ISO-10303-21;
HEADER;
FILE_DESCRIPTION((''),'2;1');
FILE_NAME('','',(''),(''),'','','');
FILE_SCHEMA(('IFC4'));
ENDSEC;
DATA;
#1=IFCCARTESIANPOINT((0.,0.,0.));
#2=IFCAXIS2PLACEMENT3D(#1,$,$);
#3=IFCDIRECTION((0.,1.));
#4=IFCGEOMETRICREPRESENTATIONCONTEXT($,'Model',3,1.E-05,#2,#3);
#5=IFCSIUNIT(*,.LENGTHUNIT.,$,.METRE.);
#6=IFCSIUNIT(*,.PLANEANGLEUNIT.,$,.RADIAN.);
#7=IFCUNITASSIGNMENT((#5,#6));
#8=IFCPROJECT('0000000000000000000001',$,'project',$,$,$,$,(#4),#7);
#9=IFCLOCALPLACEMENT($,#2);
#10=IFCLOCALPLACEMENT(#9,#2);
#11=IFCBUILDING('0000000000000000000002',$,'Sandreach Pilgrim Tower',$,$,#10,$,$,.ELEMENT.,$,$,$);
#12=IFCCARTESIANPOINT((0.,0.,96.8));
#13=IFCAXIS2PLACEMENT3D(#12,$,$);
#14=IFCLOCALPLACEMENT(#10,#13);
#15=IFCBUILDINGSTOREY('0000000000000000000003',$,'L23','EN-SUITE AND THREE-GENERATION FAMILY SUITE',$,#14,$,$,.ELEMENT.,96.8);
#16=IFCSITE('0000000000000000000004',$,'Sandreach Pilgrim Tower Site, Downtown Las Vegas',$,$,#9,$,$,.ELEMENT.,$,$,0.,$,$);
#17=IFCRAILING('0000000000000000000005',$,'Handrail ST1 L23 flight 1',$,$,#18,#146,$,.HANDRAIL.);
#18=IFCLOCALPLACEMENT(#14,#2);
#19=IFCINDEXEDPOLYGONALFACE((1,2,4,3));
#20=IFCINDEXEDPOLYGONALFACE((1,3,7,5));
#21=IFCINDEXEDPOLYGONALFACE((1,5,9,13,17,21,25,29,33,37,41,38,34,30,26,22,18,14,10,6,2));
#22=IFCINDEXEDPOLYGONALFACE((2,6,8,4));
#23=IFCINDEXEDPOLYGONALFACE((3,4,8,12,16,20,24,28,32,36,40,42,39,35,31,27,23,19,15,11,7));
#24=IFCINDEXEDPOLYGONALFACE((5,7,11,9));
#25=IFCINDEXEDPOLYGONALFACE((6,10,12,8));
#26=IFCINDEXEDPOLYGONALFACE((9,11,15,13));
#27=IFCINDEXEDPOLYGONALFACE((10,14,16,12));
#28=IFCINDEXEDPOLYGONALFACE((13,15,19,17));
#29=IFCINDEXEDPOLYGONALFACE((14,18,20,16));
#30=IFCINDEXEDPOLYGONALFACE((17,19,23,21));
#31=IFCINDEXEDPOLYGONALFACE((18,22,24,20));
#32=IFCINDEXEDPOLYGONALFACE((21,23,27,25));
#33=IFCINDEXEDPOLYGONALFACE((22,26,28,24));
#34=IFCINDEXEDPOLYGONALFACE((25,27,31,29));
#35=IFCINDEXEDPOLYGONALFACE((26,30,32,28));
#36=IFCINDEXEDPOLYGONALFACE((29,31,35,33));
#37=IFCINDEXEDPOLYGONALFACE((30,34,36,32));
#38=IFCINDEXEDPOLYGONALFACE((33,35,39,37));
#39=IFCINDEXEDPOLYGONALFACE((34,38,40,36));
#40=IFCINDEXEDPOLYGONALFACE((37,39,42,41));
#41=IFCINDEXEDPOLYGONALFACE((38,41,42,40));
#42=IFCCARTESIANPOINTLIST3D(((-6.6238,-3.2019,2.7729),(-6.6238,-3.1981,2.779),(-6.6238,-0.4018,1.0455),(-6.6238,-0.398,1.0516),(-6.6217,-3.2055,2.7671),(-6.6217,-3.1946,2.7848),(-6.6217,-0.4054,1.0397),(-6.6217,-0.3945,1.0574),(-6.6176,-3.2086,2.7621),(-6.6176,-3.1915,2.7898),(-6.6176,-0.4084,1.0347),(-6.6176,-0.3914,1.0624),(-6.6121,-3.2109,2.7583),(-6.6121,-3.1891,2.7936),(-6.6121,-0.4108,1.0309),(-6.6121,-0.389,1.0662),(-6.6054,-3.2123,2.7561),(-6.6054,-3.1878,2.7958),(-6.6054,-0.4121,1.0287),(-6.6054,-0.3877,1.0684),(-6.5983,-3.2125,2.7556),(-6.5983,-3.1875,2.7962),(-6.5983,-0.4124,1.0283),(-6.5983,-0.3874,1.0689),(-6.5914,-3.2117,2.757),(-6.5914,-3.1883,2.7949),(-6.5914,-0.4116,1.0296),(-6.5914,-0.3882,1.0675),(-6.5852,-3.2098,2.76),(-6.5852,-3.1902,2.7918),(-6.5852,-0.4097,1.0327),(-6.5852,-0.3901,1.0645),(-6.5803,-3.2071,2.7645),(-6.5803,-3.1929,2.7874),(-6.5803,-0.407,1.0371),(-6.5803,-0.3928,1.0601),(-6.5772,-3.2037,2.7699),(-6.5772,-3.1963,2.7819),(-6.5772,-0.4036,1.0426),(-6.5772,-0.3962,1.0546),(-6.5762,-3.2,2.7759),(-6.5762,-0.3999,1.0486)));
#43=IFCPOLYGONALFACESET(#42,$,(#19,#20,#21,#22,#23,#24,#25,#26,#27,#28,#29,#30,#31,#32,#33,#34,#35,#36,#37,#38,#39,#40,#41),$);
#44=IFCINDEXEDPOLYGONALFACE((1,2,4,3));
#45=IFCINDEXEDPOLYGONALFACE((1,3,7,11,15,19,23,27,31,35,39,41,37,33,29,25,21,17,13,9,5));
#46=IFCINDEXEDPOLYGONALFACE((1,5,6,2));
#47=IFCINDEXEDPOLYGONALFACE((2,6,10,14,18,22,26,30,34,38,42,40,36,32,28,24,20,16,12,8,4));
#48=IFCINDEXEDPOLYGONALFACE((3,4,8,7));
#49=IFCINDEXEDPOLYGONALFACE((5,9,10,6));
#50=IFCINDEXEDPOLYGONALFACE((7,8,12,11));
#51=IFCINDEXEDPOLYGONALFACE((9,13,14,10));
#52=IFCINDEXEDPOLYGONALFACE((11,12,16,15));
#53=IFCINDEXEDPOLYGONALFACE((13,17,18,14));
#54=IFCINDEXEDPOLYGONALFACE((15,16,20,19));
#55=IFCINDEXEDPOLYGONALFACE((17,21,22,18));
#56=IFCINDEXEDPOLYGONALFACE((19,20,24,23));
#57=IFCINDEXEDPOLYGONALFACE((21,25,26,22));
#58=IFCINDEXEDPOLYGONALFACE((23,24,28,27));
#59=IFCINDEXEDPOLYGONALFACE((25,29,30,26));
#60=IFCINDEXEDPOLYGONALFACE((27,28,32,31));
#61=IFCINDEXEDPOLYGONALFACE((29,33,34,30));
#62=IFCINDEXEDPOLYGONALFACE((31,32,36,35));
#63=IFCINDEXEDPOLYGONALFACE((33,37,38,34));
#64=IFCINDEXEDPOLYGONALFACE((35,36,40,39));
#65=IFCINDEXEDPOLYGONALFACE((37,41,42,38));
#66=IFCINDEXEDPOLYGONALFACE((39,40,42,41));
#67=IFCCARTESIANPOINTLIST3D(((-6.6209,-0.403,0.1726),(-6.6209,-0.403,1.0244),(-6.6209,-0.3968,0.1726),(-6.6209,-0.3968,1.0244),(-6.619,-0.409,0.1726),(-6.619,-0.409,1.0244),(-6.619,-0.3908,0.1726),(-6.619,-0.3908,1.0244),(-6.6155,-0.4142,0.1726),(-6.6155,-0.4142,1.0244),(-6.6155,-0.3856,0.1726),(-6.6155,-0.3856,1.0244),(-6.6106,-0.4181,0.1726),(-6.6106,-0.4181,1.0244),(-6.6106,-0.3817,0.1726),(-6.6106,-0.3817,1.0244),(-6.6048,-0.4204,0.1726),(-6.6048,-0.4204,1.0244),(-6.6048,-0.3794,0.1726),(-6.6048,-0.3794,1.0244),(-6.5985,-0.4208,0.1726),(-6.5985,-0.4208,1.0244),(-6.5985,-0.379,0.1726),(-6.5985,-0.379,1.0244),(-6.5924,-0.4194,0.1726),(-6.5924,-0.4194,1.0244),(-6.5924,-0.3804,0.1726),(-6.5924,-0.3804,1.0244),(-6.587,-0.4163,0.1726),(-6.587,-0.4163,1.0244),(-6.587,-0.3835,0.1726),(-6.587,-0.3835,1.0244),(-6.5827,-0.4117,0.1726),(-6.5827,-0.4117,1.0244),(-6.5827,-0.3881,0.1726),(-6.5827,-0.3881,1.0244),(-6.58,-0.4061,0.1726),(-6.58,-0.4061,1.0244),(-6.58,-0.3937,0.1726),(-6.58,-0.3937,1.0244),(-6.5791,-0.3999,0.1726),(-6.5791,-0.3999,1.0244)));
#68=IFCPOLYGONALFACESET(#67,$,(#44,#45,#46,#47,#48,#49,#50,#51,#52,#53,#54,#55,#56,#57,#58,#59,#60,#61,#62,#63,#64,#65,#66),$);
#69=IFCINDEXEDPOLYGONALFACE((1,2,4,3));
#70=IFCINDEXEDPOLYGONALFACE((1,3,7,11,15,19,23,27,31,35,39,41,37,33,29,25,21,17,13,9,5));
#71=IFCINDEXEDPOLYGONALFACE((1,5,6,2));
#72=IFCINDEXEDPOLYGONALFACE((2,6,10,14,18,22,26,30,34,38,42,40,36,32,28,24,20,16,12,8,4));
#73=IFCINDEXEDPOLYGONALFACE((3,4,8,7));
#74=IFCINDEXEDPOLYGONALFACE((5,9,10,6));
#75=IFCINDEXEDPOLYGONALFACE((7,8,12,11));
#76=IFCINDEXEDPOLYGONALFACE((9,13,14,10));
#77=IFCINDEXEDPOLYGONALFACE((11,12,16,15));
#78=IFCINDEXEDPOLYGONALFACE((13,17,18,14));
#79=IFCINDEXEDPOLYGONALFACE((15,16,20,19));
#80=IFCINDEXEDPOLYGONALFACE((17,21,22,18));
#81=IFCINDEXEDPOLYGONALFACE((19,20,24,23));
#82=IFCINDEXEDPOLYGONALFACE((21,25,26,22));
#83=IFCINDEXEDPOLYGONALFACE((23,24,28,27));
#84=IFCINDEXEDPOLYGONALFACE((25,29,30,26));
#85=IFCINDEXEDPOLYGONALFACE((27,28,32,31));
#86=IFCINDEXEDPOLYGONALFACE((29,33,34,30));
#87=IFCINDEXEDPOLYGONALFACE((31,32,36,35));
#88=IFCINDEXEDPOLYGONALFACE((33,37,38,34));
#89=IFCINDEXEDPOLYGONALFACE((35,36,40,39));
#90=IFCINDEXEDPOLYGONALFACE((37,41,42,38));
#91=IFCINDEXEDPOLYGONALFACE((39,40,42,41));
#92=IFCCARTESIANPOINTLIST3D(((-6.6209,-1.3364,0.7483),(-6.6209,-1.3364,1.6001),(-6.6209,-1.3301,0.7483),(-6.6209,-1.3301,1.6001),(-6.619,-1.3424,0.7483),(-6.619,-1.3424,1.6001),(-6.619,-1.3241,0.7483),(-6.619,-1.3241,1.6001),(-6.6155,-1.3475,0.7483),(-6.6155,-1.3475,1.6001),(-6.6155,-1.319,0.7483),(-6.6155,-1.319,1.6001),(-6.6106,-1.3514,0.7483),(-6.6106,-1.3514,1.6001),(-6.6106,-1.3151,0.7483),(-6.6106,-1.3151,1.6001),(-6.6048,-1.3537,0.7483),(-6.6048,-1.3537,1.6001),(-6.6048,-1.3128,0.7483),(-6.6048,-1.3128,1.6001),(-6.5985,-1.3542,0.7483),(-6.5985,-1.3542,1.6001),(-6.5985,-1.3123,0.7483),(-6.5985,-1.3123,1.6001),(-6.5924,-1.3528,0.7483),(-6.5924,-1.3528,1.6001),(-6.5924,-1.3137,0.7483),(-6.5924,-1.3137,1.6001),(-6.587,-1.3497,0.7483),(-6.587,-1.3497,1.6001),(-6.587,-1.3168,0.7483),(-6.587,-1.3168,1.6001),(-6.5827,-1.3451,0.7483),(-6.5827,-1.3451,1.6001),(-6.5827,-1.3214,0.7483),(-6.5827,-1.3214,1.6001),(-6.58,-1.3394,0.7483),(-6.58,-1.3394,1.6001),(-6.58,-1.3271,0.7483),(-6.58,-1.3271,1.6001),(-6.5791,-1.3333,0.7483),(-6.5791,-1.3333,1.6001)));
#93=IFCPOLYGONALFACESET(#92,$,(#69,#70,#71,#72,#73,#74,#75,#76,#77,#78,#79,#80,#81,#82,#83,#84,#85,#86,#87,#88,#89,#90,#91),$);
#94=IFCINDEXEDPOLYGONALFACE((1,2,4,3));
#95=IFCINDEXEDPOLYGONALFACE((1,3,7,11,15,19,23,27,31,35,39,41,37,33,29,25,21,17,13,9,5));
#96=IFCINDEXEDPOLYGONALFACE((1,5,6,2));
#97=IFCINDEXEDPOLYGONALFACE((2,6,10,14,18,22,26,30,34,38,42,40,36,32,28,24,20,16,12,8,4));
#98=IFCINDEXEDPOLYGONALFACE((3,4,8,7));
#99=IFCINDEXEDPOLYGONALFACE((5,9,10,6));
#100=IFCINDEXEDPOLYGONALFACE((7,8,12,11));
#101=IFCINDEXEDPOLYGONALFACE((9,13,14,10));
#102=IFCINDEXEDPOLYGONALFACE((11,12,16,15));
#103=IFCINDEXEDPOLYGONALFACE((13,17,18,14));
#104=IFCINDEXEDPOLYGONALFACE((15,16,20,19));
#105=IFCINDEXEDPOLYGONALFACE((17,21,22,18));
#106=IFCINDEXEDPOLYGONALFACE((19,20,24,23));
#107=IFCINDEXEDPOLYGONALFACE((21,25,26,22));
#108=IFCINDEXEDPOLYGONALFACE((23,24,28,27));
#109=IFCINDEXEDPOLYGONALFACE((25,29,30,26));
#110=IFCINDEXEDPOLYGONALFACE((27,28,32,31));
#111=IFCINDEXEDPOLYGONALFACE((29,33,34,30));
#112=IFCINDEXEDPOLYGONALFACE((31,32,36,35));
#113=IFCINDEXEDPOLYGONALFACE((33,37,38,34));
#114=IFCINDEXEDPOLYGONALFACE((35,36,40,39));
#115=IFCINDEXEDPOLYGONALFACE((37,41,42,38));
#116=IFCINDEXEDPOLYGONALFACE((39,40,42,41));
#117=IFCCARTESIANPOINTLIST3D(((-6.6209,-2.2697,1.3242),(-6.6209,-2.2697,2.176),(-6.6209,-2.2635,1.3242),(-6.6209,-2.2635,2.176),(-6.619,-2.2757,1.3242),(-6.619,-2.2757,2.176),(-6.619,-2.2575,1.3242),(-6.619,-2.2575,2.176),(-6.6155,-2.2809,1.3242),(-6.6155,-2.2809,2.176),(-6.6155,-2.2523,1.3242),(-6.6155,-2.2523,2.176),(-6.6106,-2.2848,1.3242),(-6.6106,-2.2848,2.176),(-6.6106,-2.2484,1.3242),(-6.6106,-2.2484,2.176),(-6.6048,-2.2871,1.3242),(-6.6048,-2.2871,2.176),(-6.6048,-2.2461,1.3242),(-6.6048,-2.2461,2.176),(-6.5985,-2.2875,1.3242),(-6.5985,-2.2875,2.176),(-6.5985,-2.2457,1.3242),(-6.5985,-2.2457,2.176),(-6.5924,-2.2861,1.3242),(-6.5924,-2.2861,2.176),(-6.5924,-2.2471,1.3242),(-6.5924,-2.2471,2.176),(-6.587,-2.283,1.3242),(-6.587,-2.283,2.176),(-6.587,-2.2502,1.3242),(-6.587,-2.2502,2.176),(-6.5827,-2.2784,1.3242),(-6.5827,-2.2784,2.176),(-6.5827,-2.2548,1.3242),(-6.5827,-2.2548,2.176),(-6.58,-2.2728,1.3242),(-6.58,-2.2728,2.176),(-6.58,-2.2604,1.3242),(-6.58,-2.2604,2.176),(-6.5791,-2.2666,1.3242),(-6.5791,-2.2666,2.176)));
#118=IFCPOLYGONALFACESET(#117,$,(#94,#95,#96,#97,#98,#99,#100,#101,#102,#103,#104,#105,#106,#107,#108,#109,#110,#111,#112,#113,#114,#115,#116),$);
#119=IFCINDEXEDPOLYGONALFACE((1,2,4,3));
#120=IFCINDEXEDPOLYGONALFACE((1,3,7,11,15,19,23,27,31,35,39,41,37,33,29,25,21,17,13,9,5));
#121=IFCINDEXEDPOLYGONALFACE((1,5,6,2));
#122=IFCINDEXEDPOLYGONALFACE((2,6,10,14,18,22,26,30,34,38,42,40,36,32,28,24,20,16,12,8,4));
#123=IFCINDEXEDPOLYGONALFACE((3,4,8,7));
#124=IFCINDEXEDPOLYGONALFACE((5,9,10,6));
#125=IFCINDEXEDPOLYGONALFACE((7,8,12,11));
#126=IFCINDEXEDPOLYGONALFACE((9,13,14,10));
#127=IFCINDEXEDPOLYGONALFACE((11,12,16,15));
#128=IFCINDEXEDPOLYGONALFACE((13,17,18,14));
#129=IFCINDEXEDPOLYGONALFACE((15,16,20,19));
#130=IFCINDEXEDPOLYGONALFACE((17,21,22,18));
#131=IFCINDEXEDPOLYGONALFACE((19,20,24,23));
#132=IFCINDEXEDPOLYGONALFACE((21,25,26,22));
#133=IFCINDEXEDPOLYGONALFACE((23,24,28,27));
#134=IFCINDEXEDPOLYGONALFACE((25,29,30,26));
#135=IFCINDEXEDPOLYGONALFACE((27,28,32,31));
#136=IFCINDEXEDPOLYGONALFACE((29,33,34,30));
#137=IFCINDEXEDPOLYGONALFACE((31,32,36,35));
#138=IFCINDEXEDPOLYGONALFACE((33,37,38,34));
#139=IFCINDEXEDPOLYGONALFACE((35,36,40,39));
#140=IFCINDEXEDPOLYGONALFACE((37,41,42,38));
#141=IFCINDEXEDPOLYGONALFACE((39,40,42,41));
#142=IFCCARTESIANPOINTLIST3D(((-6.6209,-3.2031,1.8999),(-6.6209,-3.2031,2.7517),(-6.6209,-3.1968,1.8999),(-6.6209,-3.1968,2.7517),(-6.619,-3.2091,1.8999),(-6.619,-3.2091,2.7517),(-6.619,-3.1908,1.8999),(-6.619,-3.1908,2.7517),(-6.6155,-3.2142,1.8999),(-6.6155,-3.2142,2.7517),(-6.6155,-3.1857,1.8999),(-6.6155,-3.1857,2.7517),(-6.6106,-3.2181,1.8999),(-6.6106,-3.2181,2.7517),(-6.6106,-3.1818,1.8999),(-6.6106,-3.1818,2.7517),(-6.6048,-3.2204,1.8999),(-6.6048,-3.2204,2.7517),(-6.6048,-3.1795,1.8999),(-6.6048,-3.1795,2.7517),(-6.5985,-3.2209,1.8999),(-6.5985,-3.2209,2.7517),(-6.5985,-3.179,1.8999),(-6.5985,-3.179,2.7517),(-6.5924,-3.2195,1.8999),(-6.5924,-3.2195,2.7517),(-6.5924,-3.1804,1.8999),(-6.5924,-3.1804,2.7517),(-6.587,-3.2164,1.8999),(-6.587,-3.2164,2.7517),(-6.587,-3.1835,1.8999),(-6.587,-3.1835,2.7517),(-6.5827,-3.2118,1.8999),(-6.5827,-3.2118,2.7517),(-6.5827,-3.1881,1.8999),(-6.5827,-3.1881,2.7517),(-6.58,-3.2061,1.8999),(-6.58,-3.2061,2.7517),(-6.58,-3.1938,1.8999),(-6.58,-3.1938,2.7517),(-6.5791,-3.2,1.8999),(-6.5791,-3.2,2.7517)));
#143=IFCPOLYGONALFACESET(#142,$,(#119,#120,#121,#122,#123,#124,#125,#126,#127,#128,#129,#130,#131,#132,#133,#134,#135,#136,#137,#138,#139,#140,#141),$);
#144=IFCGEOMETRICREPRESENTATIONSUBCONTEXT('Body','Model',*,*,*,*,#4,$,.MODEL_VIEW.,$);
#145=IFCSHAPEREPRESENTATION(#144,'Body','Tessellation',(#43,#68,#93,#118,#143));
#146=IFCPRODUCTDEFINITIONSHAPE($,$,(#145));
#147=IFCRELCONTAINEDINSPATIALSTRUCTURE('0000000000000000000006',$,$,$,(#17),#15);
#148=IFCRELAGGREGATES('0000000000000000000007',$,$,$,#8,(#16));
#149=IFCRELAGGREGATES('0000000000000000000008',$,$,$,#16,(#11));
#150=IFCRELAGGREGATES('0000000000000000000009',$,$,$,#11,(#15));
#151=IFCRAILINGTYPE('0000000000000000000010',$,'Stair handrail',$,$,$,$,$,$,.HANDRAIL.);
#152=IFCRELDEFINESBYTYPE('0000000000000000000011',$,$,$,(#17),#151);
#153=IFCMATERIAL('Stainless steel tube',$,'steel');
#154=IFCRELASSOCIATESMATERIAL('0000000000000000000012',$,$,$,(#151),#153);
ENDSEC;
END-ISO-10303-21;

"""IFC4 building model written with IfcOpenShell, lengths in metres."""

from ifc_helpers import new_model, si_unit, direction, frame, origin, origin_2d, place, context, subcontext, project, spatial, circle, extrude, material, type_object, element, save


model = new_model("IFC4")

# Units and contexts
model_context = context("Model", 3, precision=1e-05, world=origin(), true_north=direction((0.0, 1.0)))
body_context = subcontext(model_context, "Body", "Model", "MODEL_VIEW")
ifc_project = project(units=[si_unit("LENGTHUNIT", "METRE"), si_unit("PLANEANGLEUNIT", "RADIAN")], contexts=[model_context])

# Site, building, storey
site_placement = place(None, origin())
site = spatial("IfcSite", under=ifc_project, at=site_placement, Name="Sandreach Pilgrim Tower Site, Downtown Las Vegas", CompositionType="ELEMENT", RefElevation=0.0)
building_placement = place(site_placement, origin())
building = spatial("IfcBuilding", under=site, at=building_placement, Name="Sandreach Pilgrim Tower", CompositionType="ELEMENT")
storey_placement = place(building_placement, frame((0.0, 0.0, 96.8)))
storey = spatial("IfcBuildingStorey", under=building, at=storey_placement, Name="L23", Description="EN-SUITE AND THREE-GENERATION FAMILY SUITE", CompositionType="ELEMENT", Elevation=96.8)

# Railing
ifc_material_1 = material(Name="Stainless steel tube", Category="steel")
railing_type = type_object("IfcRailingType", Name="Stair handrail", PredefinedType="HANDRAIL", material=ifc_material_1)
for number, where, name in (
    (1, (-6.6001, -0.3999, 0.1726), "Handrail ST1 L23 flight 1"),
):
    element("IfcRailing", number, at=place(storey_placement, frame(where)), inside=storey, type_object=railing_type, Name=name, PredefinedType="HANDRAIL", context=body_context, shape_type="SweptSolid", body=[
        extrude(circle(Radius=0.0239, at=origin_2d()), frame((0.0, 0.0, 0.876), z_axis=(0.0, -0.85109, 0.52502), x_axis=(1.0, 0.0, 0.0)), (0.0, 0.0, 1.0), 3.29),
        extrude(circle(Radius=0.021, at=origin_2d()), origin(), (0.0, 0.0, 1.0), 0.8518),
        extrude(circle(Radius=0.021, at=origin_2d()), frame((0.0, -0.9333, 0.5757)), (0.0, 0.0, 1.0), 0.8518),
        extrude(circle(Radius=0.021, at=origin_2d()), frame((0.0, -1.8667, 1.1516)), (0.0, 0.0, 1.0), 0.8518),
        extrude(circle(Radius=0.021, at=origin_2d()), frame((0.0, -2.8, 1.7273)), (0.0, 0.0, 1.0), 0.8518),
    ])

save(model, "model.ifc")
